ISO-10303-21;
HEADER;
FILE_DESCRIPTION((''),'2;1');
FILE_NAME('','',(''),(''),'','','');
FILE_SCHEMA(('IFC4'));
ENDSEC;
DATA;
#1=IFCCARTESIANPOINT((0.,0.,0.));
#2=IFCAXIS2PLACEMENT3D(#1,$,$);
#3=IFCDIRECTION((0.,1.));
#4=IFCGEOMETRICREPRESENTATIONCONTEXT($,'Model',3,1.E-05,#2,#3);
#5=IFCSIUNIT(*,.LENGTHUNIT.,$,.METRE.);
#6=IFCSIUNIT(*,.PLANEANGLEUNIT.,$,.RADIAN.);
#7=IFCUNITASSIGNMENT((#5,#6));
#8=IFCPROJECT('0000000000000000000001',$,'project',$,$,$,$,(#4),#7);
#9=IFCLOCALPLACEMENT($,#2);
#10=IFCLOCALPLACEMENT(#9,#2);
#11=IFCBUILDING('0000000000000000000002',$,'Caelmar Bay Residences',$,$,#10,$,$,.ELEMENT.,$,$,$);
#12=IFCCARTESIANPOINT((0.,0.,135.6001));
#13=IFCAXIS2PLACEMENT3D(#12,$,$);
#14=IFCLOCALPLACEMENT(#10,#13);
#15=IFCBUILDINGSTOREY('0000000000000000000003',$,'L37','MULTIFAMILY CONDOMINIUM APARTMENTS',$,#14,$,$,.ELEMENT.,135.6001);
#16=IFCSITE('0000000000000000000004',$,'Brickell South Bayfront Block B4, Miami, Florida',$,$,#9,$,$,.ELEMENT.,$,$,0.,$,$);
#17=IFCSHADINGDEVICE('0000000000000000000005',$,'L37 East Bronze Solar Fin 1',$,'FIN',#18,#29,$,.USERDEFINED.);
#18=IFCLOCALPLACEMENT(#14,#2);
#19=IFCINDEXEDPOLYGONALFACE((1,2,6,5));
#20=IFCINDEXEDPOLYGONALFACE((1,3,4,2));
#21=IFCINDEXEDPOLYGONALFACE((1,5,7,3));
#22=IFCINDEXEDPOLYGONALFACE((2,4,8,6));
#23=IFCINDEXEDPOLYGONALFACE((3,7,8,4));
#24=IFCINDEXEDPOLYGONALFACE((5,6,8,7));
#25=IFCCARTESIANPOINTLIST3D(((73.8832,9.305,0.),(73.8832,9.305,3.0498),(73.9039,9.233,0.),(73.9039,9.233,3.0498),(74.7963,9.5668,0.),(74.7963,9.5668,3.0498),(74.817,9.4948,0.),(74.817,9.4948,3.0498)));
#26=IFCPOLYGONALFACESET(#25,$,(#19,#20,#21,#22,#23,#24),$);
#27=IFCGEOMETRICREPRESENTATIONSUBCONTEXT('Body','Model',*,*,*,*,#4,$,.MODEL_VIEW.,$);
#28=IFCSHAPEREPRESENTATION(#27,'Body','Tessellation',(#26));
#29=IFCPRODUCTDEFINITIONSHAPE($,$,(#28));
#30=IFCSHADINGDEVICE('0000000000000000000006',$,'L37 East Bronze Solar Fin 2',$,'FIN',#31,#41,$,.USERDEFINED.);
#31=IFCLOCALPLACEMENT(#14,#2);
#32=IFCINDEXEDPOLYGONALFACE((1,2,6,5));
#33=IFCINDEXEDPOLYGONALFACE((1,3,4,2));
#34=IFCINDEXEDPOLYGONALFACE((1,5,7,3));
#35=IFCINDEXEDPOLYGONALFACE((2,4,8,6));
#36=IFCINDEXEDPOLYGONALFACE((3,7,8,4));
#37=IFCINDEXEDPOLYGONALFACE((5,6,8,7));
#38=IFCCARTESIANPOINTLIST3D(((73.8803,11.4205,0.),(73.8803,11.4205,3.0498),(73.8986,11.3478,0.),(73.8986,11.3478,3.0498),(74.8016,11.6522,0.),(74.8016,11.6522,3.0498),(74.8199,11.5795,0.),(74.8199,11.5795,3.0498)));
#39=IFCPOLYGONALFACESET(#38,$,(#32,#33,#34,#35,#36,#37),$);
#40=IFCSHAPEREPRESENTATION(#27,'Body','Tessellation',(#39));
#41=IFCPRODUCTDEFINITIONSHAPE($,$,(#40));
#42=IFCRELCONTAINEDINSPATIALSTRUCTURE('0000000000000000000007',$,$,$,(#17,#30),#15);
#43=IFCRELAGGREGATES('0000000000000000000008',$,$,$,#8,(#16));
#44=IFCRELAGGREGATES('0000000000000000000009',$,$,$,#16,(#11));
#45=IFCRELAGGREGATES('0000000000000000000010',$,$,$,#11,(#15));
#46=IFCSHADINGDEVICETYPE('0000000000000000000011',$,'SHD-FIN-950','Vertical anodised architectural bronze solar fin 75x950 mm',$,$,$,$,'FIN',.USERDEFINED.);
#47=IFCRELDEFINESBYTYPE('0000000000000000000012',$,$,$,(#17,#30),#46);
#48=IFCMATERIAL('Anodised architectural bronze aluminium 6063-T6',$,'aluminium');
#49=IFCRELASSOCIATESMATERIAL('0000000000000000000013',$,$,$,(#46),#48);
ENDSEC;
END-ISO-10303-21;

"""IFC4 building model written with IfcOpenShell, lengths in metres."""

from ifc_helpers import new_model, si_unit, direction, frame, origin, origin_2d, place, context, subcontext, project, spatial, rectangle, extrude, material, material_profile, profile_set, type_object, element, save


model = new_model("IFC4")

# Units and contexts
model_context = context("Model", 3, precision=1e-05, world=origin(), true_north=direction((0.0, 1.0)))
body_context = subcontext(model_context, "Body", "Model", "MODEL_VIEW")
ifc_project = project(units=[si_unit("LENGTHUNIT", "METRE"), si_unit("PLANEANGLEUNIT", "RADIAN")], contexts=[model_context])

# Site, building, storey
site_placement = place(None, origin())
site = spatial("IfcSite", under=ifc_project, at=site_placement, Name="Brickell South Bayfront Block B4, Miami, Florida", CompositionType="ELEMENT", RefElevation=0.0)
building_placement = place(site_placement, origin())
building = spatial("IfcBuilding", under=site, at=building_placement, Name="Caelmar Bay Residences", CompositionType="ELEMENT")
storey_placement = place(building_placement, frame((0.0, 0.0, 135.6001)))
storey = spatial("IfcBuildingStorey", under=building, at=storey_placement, Name="L37", Description="MULTIFAMILY CONDOMINIUM APARTMENTS", CompositionType="ELEMENT", Elevation=135.6001)

# Shading devices
ifc_material_1 = material(Name="Anodised architectural bronze aluminium 6063-T6", Category="aluminium")
ifc_material_profile_1 = material_profile(ifc_material_1, rectangle(XDim=0.075, YDim=0.95, at=origin_2d()), Name="BRONZE-FIN-75X950")
ifc_profile_set_1 = profile_set([ifc_material_profile_1], Name="Anodised architectural bronze aluminium 6063-T6")
shading_device_type = type_object("IfcShadingDeviceType", Name="SHD-FIN-950", Description="Vertical anodised architectural bronze solar fin 75x950 mm", ElementType="FIN", PredefinedType="USERDEFINED", material=ifc_profile_set_1)
for number, where, z_axis, x_axis, name in (
    (1, (74.3501, 9.3999, 0.0), (0.0, 0.0, 1.0), (-0.275637, 0.961262, 0.0), "L37 East Bronze Solar Fin 1"),
    (2, (74.3501, 11.5, 0.0), (0.0, 0.0, 1.0), (-0.243954, 0.969787, 0.0), "L37 East Bronze Solar Fin 2"),
):
    element("IfcShadingDevice", number, at=place(storey_placement, frame(where, z_axis=z_axis, x_axis=x_axis)), inside=storey, type_object=shading_device_type, Name=name, ObjectType="FIN", PredefinedType="USERDEFINED", context=body_context, shape_type="SweptSolid", body=[
        extrude(rectangle(XDim=0.075, YDim=0.95, at=origin_2d()), origin(), (0.0, 0.0, 1.0), 3.0498),
    ])

save(model, "model.ifc")
